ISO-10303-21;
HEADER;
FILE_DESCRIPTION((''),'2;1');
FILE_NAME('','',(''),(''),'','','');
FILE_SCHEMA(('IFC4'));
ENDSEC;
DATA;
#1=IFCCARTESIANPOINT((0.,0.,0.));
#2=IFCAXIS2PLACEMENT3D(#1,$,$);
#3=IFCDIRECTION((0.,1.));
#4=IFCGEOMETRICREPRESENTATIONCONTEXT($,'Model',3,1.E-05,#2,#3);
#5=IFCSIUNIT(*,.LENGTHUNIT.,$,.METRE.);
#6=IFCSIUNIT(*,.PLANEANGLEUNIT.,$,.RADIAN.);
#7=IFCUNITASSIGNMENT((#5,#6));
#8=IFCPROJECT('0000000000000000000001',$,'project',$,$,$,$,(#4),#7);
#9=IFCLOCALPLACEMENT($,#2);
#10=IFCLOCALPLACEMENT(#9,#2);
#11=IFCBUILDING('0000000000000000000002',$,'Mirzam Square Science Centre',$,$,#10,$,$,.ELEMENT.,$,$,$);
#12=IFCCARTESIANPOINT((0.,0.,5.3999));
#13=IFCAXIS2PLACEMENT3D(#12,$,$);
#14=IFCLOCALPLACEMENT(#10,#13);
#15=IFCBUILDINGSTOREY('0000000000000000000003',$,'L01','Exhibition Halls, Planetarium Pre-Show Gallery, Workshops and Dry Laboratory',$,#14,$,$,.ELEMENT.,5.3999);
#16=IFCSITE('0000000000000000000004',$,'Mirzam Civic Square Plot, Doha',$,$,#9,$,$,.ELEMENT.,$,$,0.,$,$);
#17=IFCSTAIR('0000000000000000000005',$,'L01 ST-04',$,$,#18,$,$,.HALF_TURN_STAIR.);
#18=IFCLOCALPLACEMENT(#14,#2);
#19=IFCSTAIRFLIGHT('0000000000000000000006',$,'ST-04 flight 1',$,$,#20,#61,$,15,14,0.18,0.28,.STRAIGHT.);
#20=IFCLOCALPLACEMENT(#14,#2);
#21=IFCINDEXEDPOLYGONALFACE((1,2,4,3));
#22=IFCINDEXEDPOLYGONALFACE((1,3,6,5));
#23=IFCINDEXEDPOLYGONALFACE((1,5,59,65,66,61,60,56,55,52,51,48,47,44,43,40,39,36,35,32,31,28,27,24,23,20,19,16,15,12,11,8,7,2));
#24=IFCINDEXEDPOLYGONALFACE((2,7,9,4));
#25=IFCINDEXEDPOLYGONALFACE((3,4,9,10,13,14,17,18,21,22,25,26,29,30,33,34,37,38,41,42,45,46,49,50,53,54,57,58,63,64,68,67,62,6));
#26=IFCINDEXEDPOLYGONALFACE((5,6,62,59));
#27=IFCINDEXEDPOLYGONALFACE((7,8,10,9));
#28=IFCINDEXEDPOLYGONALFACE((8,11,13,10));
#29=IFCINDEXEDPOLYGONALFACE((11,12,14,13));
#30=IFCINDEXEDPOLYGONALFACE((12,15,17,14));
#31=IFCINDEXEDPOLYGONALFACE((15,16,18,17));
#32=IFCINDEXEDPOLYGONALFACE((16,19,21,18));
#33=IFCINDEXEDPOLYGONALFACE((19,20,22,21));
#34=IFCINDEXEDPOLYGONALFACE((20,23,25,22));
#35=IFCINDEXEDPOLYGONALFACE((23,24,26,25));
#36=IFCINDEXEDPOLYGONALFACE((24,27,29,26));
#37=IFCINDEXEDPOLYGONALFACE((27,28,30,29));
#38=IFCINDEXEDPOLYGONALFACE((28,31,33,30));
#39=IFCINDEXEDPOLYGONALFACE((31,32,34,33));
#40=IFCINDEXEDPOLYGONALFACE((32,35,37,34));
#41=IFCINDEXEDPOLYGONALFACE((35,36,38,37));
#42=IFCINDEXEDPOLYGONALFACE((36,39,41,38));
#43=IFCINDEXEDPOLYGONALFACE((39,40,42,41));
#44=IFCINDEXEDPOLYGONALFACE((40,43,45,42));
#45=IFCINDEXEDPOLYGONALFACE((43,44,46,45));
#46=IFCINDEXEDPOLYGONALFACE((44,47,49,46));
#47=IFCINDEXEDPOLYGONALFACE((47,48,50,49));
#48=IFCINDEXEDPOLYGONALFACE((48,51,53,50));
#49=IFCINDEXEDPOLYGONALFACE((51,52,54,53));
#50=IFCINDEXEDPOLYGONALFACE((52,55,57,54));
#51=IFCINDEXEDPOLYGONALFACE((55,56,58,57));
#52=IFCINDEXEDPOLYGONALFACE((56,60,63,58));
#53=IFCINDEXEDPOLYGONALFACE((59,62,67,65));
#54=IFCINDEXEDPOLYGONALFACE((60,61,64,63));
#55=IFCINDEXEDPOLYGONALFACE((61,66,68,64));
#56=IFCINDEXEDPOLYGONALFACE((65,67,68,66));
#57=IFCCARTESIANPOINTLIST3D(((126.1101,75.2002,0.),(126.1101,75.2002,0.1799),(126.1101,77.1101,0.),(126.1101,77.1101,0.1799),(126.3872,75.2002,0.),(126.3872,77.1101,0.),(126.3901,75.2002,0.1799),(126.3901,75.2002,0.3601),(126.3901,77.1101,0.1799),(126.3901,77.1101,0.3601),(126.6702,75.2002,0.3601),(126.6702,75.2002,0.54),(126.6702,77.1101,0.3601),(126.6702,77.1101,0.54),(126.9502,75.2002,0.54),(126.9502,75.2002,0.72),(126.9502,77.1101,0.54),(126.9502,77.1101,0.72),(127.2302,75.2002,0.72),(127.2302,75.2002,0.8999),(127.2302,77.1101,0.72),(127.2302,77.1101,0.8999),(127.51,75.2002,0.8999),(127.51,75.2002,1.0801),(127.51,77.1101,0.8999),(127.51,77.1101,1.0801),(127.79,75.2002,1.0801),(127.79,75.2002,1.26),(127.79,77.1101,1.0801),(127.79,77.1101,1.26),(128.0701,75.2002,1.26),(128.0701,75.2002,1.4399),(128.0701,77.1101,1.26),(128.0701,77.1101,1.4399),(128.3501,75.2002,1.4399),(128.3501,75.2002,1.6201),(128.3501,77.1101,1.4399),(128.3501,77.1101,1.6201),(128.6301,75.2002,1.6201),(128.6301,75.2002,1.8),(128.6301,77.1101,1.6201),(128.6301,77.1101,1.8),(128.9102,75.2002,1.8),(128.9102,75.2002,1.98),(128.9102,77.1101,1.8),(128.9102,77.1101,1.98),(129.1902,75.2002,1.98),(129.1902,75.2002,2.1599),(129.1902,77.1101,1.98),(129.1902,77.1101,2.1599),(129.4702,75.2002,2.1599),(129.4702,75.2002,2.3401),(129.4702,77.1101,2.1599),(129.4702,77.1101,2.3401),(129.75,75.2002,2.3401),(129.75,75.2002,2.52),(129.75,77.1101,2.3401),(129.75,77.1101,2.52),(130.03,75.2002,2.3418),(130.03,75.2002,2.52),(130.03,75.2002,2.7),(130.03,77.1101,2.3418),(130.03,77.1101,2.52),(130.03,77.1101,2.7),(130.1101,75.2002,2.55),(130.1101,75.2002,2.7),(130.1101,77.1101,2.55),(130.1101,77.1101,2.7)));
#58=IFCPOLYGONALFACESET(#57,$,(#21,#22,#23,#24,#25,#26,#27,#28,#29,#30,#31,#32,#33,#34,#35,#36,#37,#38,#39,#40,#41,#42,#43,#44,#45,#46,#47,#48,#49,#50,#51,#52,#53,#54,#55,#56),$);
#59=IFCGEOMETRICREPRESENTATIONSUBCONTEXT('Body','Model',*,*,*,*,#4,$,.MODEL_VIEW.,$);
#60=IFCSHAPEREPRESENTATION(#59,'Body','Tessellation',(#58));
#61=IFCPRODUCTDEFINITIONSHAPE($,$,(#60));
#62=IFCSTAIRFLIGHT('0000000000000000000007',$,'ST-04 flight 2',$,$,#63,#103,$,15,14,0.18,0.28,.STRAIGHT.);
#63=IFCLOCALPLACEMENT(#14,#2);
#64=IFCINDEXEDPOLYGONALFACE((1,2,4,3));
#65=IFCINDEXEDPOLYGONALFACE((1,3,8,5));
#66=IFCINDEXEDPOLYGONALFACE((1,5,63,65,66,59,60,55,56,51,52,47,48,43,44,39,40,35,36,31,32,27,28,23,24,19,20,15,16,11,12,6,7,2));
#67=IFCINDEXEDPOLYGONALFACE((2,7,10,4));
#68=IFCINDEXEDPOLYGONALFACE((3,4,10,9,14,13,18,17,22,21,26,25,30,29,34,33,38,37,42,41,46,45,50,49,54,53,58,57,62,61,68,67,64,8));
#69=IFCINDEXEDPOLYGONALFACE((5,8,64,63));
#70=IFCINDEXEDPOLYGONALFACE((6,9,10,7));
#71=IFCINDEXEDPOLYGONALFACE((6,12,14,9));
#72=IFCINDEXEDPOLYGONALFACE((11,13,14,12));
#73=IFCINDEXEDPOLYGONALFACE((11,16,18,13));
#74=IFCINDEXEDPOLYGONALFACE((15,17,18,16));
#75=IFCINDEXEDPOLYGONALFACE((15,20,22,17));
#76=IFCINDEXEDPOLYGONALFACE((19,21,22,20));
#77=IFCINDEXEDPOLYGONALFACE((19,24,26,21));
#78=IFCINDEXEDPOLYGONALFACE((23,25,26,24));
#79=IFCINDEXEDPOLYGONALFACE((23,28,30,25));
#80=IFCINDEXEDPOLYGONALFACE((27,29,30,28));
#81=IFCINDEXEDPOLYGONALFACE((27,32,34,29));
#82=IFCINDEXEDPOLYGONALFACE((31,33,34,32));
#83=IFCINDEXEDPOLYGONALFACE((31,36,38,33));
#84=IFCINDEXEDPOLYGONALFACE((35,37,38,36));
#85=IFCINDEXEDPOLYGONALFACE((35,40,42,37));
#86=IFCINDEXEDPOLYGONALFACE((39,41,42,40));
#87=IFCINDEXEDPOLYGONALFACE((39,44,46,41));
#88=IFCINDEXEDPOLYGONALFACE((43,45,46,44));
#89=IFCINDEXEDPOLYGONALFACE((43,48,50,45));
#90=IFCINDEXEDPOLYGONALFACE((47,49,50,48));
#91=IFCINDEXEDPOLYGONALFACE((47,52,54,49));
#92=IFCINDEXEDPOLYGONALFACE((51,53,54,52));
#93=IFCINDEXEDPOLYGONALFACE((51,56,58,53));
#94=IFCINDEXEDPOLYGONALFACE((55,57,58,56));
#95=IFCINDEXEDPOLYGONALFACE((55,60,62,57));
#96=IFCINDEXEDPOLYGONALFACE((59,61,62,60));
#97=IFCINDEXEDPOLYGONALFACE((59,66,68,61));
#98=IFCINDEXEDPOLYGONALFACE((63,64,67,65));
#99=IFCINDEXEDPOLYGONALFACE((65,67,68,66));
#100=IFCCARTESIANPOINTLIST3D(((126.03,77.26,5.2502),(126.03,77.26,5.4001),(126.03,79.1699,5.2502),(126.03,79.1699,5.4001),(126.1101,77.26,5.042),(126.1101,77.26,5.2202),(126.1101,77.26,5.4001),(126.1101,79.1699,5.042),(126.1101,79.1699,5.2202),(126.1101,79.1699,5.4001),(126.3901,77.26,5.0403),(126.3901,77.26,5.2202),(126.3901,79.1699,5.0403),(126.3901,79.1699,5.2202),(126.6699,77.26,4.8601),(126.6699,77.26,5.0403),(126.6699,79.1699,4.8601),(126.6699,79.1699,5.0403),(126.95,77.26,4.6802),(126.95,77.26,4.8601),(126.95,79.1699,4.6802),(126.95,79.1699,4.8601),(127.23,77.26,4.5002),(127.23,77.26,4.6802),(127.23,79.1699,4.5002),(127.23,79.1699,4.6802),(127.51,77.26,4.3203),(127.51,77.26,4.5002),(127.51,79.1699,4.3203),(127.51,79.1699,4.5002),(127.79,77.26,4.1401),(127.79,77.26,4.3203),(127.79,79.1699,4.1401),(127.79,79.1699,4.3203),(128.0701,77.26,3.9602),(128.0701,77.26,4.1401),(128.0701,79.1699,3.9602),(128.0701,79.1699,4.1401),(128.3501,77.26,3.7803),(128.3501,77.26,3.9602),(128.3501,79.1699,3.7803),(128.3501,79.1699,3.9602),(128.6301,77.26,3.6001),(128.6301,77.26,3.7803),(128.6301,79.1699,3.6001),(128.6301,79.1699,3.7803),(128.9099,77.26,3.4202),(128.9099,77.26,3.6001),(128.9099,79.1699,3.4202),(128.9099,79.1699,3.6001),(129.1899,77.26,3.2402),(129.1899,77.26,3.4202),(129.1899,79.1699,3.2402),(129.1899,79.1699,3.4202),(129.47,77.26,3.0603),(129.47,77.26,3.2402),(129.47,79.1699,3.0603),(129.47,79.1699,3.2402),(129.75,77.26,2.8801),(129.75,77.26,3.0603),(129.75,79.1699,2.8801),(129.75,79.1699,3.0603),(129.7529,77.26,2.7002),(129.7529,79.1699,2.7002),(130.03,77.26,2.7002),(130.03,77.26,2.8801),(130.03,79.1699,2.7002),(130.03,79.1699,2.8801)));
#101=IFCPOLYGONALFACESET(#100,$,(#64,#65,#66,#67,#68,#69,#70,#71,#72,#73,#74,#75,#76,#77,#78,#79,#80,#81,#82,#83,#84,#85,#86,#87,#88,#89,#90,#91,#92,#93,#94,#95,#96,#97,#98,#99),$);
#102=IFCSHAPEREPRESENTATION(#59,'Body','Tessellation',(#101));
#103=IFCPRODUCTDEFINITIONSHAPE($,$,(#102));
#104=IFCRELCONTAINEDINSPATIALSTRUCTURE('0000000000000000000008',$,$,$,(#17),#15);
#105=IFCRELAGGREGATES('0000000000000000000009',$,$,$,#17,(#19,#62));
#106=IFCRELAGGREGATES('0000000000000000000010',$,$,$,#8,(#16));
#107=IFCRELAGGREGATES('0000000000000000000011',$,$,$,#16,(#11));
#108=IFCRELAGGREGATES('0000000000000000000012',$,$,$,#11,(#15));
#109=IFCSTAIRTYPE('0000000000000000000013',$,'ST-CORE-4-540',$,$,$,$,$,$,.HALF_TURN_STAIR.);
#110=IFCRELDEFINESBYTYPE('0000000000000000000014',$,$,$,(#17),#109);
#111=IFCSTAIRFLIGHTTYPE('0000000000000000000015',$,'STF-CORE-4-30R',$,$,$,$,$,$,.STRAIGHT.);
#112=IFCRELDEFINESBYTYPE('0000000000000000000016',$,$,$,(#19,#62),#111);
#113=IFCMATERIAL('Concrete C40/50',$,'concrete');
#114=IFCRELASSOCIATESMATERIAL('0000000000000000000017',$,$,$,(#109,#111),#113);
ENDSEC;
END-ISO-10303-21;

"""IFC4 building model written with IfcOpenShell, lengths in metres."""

from ifc_helpers import new_model, si_unit, direction, frame, origin, place, context, subcontext, project, spatial, polyline, outline, extrude, material, type_object, element, aggregate, save


model = new_model("IFC4")

# Units and contexts
model_context = context("Model", 3, precision=1e-05, world=origin(), true_north=direction((0.0, 1.0)))
body_context = subcontext(model_context, "Body", "Model", "MODEL_VIEW")
ifc_project = project(units=[si_unit("LENGTHUNIT", "METRE"), si_unit("PLANEANGLEUNIT", "RADIAN")], contexts=[model_context])

# Site, building, storey
site_placement = place(None, origin())
site = spatial("IfcSite", under=ifc_project, at=site_placement, Name="Mirzam Civic Square Plot, Doha", CompositionType="ELEMENT", RefElevation=0.0)
building_placement = place(site_placement, origin())
building = spatial("IfcBuilding", under=site, at=building_placement, Name="Mirzam Square Science Centre", CompositionType="ELEMENT")
storey_placement = place(building_placement, frame((0.0, 0.0, 5.3999)))
storey = spatial("IfcBuildingStorey", under=building, at=storey_placement, Name="L01", Description="Exhibition Halls, Planetarium Pre-Show Gallery, Workshops and Dry Laboratory", CompositionType="ELEMENT", Elevation=5.3999)

# Stair, stair flights
ifc_material_1 = material(Name="Concrete C40/50", Category="concrete")
stair_type = type_object("IfcStairType", Name="ST-CORE-4-540", PredefinedType="HALF_TURN_STAIR", material=ifc_material_1)
stair_placement = place(storey_placement, origin())
stair = element("IfcStair", 1, at=stair_placement, inside=storey, type_object=stair_type, Name="L01 ST-04", PredefinedType="HALF_TURN_STAIR")
stair_flight_type = type_object("IfcStairFlightType", Name="STF-CORE-4-30R", PredefinedType="STRAIGHT", material=ifc_material_1)
stair_flight_1_placement = place(storey_placement, frame((126.1101, 76.155, 0.0), z_axis=(0.0, 0.0, 1.0), x_axis=(1.0, 0.0, 0.0)))
stair_flight_1 = element("IfcStairFlight", 2, at=stair_flight_1_placement, type_object=stair_flight_type, Name="ST-04 flight 1", NumberOfRisers=15, NumberOfTreads=14, PredefinedType="STRAIGHT", RiserHeight=0.18, TreadLength=0.28, context=body_context, shape_type="SweptSolid", body=[
    extrude(outline(polyline([(0.0, 0.0), (0.0, 0.1799), (0.28, 0.1799), (0.28, 0.3601), (0.5601, 0.3601), (0.5601, 0.54), (0.8401, 0.54), (0.8401, 0.72), (1.1201, 0.72), (1.1201, 0.8999), (1.3999, 0.8999), (1.3999, 1.0801), (1.6799, 1.0801), (1.6799, 1.26), (1.96, 1.26), (1.96, 1.4399), (2.24, 1.4399), (2.24, 1.6201), (2.52, 1.6201), (2.52, 1.8), (2.8, 1.8), (2.8, 1.98), (3.0801, 1.98), (3.0801, 2.1599), (3.3601, 2.1599), (3.3601, 2.3401), (3.6399, 2.3401), (3.6399, 2.52), (3.9199, 2.52), (3.9199, 2.7), (4.0, 2.7), (4.0, 2.55), (3.9199, 2.3418), (0.2771, 0.0), (0.0, 0.0)])), frame((0.0, 0.9551, 0.0), z_axis=(0.0, -1.0, 0.0), x_axis=(1.0, 0.0, 0.0)), (0.0, 0.0, 1.0), 1.9099),
])
stair_flight_2_placement = place(storey_placement, frame((130.03, 78.2151, 2.7002), z_axis=(0.0, 0.0, 1.0), x_axis=(-1.0, 0.0, 0.0)))
stair_flight_2 = element("IfcStairFlight", 3, at=stair_flight_2_placement, type_object=stair_flight_type, Name="ST-04 flight 2", NumberOfRisers=15, NumberOfTreads=14, PredefinedType="STRAIGHT", RiserHeight=0.18, TreadLength=0.28, context=body_context, shape_type="SweptSolid", body=[
    extrude(outline(polyline([(0.0, 0.0), (0.0, 0.1799), (0.28, 0.1799), (0.28, 0.3601), (0.5601, 0.3601), (0.5601, 0.54), (0.8401, 0.54), (0.8401, 0.72), (1.1201, 0.72), (1.1201, 0.8999), (1.3999, 0.8999), (1.3999, 1.0801), (1.6799, 1.0801), (1.6799, 1.26), (1.96, 1.26), (1.96, 1.4399), (2.24, 1.4399), (2.24, 1.6201), (2.52, 1.6201), (2.52, 1.8), (2.8, 1.8), (2.8, 1.98), (3.0801, 1.98), (3.0801, 2.1599), (3.3601, 2.1599), (3.3601, 2.3401), (3.6399, 2.3401), (3.6399, 2.52), (3.9199, 2.52), (3.9199, 2.7), (4.0, 2.7), (4.0, 2.55), (3.9199, 2.3418), (0.2771, 0.0), (0.0, 0.0)])), frame((0.0, 0.9551, 0.0), z_axis=(0.0, -1.0, 0.0), x_axis=(1.0, 0.0, 0.0)), (0.0, 0.0, 1.0), 1.9099),
])
aggregate(stair, [stair_flight_1, stair_flight_2])

save(model, "model.ifc")
